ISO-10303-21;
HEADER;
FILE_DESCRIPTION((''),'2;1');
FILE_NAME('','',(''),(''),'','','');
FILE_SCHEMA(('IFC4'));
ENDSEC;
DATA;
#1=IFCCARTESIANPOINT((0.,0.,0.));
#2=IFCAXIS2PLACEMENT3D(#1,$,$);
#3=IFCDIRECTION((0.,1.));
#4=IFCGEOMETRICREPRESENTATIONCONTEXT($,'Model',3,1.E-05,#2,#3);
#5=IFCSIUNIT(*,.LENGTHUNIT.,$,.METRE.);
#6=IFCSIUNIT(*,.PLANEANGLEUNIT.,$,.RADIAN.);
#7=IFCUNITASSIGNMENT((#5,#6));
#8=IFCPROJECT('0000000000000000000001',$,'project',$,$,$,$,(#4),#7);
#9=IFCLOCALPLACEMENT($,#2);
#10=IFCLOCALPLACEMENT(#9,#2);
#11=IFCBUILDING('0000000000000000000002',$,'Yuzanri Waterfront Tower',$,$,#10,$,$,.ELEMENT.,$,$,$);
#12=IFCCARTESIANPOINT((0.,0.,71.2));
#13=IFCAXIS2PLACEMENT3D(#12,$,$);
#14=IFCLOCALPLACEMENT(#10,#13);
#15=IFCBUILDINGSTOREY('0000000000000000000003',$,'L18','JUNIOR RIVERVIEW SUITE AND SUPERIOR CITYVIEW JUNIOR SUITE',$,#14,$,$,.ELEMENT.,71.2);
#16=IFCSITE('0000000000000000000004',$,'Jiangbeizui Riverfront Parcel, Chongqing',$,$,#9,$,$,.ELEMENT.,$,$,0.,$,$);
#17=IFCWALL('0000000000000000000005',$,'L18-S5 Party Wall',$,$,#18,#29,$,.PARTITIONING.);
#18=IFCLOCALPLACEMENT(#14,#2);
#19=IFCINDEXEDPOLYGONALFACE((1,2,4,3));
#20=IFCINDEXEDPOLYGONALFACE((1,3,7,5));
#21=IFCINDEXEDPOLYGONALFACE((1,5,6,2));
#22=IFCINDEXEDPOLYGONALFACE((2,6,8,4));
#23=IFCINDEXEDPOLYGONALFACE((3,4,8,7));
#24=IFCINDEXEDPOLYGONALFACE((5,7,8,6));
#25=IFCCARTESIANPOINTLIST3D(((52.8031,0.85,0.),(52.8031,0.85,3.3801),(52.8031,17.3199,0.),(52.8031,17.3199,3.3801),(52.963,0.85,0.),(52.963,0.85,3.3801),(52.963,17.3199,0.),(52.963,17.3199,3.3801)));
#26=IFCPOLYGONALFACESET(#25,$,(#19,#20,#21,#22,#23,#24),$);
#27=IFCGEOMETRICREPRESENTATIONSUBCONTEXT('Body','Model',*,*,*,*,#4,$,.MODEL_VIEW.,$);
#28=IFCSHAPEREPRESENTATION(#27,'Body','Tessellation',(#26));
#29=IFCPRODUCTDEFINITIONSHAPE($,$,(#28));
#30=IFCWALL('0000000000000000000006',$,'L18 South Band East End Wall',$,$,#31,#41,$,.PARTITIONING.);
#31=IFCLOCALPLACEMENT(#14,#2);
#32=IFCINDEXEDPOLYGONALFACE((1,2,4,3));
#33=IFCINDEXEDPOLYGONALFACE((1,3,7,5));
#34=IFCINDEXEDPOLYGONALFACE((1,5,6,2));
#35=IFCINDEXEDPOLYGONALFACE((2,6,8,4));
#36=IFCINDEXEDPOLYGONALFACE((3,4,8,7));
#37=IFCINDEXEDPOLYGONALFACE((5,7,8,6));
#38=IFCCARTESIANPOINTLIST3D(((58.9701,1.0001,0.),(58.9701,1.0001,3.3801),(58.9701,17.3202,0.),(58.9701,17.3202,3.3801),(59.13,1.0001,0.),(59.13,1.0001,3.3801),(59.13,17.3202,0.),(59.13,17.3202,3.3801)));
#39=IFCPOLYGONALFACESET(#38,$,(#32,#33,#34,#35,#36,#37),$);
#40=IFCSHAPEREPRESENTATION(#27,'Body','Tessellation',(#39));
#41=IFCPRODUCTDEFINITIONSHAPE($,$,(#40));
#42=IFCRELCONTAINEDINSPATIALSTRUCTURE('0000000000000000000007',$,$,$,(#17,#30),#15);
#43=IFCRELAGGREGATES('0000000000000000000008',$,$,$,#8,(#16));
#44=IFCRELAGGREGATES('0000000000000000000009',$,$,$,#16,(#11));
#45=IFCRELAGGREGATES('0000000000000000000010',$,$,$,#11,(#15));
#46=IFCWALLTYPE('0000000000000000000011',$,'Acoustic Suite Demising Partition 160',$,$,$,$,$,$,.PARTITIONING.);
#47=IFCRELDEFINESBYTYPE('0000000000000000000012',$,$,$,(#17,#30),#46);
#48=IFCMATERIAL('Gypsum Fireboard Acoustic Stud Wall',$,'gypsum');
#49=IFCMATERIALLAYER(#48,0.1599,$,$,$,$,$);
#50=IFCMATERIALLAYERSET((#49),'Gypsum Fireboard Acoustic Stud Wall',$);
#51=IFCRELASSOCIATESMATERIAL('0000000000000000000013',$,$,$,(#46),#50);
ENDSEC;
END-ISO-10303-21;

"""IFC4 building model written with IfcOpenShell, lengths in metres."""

from ifc_helpers import new_model, si_unit, direction, frame, frame_2d, origin, place, context, subcontext, project, spatial, rectangle, extrude, source, transform, mapped, material, layer, layer_set, type_object, element, save


model = new_model("IFC4")

# Units and contexts
model_context = context("Model", 3, precision=1e-05, world=origin(), true_north=direction((0.0, 1.0)))
body_context = subcontext(model_context, "Body", "Model", "MODEL_VIEW")
ifc_project = project(units=[si_unit("LENGTHUNIT", "METRE"), si_unit("PLANEANGLEUNIT", "RADIAN")], contexts=[model_context])

# Site, building, storey
site_placement = place(None, origin())
site = spatial("IfcSite", under=ifc_project, at=site_placement, Name="Jiangbeizui Riverfront Parcel, Chongqing", CompositionType="ELEMENT", RefElevation=0.0)
building_placement = place(site_placement, origin())
building = spatial("IfcBuilding", under=site, at=building_placement, Name="Yuzanri Waterfront Tower", CompositionType="ELEMENT")
storey_placement = place(building_placement, frame((0.0, 0.0, 71.2)))
storey = spatial("IfcBuildingStorey", under=building, at=storey_placement, Name="L18", Description="JUNIOR RIVERVIEW SUITE AND SUPERIOR CITYVIEW JUNIOR SUITE", CompositionType="ELEMENT", Elevation=71.2)

# Walls
ifc_material_1 = material(Name="Gypsum Fireboard Acoustic Stud Wall", Category="gypsum")
ifc_layer_1 = layer(ifc_material_1, 0.1599)
ifc_layer_set_1 = layer_set([ifc_layer_1], Name="Gypsum Fireboard Acoustic Stud Wall")
wall_type_1 = type_object("IfcWallType", Name="Acoustic Suite Demising Partition 160", PredefinedType="PARTITIONING", material=ifc_layer_set_1)
shared_shape_1 = source(origin(), body_context, "Body", "SweptSolid", [
    extrude(rectangle(XDim=16.47, YDim=0.1599, at=frame_2d((8.2349, 0.0))), origin(), (0.0, 0.0, 1.0), 3.3801),
])
wall_1_placement = place(storey_placement, frame((52.8831, 0.8501, 0.0), z_axis=(0.0, 0.0, 1.0), x_axis=(0.0, 1.0, 0.0)))
element("IfcWall", 1, at=wall_1_placement, inside=storey, type_object=wall_type_1, Name="L18-S5 Party Wall", PredefinedType="PARTITIONING", context=body_context, shape_type="MappedRepresentation", body=[
    mapped(shared_shape_1, transform((0.0, 0.0, 0.0), scale=1.0)),
])
shared_shape_2 = source(origin(), body_context, "Body", "SweptSolid", [
    extrude(rectangle(XDim=16.3201, YDim=0.1599, at=frame_2d((8.1602, 0.0))), origin(), (0.0, 0.0, 1.0), 3.3801),
])
wall_2_placement = place(storey_placement, frame((59.05, 1.0, 0.0), z_axis=(0.0, 0.0, 1.0), x_axis=(0.0, 1.0, 0.0)))
element("IfcWall", 2, at=wall_2_placement, inside=storey, type_object=wall_type_1, Name="L18 South Band East End Wall", PredefinedType="PARTITIONING", context=body_context, shape_type="MappedRepresentation", body=[
    mapped(shared_shape_2, transform((0.0, 0.0, 0.0), scale=1.0)),
])

save(model, "model.ifc")
